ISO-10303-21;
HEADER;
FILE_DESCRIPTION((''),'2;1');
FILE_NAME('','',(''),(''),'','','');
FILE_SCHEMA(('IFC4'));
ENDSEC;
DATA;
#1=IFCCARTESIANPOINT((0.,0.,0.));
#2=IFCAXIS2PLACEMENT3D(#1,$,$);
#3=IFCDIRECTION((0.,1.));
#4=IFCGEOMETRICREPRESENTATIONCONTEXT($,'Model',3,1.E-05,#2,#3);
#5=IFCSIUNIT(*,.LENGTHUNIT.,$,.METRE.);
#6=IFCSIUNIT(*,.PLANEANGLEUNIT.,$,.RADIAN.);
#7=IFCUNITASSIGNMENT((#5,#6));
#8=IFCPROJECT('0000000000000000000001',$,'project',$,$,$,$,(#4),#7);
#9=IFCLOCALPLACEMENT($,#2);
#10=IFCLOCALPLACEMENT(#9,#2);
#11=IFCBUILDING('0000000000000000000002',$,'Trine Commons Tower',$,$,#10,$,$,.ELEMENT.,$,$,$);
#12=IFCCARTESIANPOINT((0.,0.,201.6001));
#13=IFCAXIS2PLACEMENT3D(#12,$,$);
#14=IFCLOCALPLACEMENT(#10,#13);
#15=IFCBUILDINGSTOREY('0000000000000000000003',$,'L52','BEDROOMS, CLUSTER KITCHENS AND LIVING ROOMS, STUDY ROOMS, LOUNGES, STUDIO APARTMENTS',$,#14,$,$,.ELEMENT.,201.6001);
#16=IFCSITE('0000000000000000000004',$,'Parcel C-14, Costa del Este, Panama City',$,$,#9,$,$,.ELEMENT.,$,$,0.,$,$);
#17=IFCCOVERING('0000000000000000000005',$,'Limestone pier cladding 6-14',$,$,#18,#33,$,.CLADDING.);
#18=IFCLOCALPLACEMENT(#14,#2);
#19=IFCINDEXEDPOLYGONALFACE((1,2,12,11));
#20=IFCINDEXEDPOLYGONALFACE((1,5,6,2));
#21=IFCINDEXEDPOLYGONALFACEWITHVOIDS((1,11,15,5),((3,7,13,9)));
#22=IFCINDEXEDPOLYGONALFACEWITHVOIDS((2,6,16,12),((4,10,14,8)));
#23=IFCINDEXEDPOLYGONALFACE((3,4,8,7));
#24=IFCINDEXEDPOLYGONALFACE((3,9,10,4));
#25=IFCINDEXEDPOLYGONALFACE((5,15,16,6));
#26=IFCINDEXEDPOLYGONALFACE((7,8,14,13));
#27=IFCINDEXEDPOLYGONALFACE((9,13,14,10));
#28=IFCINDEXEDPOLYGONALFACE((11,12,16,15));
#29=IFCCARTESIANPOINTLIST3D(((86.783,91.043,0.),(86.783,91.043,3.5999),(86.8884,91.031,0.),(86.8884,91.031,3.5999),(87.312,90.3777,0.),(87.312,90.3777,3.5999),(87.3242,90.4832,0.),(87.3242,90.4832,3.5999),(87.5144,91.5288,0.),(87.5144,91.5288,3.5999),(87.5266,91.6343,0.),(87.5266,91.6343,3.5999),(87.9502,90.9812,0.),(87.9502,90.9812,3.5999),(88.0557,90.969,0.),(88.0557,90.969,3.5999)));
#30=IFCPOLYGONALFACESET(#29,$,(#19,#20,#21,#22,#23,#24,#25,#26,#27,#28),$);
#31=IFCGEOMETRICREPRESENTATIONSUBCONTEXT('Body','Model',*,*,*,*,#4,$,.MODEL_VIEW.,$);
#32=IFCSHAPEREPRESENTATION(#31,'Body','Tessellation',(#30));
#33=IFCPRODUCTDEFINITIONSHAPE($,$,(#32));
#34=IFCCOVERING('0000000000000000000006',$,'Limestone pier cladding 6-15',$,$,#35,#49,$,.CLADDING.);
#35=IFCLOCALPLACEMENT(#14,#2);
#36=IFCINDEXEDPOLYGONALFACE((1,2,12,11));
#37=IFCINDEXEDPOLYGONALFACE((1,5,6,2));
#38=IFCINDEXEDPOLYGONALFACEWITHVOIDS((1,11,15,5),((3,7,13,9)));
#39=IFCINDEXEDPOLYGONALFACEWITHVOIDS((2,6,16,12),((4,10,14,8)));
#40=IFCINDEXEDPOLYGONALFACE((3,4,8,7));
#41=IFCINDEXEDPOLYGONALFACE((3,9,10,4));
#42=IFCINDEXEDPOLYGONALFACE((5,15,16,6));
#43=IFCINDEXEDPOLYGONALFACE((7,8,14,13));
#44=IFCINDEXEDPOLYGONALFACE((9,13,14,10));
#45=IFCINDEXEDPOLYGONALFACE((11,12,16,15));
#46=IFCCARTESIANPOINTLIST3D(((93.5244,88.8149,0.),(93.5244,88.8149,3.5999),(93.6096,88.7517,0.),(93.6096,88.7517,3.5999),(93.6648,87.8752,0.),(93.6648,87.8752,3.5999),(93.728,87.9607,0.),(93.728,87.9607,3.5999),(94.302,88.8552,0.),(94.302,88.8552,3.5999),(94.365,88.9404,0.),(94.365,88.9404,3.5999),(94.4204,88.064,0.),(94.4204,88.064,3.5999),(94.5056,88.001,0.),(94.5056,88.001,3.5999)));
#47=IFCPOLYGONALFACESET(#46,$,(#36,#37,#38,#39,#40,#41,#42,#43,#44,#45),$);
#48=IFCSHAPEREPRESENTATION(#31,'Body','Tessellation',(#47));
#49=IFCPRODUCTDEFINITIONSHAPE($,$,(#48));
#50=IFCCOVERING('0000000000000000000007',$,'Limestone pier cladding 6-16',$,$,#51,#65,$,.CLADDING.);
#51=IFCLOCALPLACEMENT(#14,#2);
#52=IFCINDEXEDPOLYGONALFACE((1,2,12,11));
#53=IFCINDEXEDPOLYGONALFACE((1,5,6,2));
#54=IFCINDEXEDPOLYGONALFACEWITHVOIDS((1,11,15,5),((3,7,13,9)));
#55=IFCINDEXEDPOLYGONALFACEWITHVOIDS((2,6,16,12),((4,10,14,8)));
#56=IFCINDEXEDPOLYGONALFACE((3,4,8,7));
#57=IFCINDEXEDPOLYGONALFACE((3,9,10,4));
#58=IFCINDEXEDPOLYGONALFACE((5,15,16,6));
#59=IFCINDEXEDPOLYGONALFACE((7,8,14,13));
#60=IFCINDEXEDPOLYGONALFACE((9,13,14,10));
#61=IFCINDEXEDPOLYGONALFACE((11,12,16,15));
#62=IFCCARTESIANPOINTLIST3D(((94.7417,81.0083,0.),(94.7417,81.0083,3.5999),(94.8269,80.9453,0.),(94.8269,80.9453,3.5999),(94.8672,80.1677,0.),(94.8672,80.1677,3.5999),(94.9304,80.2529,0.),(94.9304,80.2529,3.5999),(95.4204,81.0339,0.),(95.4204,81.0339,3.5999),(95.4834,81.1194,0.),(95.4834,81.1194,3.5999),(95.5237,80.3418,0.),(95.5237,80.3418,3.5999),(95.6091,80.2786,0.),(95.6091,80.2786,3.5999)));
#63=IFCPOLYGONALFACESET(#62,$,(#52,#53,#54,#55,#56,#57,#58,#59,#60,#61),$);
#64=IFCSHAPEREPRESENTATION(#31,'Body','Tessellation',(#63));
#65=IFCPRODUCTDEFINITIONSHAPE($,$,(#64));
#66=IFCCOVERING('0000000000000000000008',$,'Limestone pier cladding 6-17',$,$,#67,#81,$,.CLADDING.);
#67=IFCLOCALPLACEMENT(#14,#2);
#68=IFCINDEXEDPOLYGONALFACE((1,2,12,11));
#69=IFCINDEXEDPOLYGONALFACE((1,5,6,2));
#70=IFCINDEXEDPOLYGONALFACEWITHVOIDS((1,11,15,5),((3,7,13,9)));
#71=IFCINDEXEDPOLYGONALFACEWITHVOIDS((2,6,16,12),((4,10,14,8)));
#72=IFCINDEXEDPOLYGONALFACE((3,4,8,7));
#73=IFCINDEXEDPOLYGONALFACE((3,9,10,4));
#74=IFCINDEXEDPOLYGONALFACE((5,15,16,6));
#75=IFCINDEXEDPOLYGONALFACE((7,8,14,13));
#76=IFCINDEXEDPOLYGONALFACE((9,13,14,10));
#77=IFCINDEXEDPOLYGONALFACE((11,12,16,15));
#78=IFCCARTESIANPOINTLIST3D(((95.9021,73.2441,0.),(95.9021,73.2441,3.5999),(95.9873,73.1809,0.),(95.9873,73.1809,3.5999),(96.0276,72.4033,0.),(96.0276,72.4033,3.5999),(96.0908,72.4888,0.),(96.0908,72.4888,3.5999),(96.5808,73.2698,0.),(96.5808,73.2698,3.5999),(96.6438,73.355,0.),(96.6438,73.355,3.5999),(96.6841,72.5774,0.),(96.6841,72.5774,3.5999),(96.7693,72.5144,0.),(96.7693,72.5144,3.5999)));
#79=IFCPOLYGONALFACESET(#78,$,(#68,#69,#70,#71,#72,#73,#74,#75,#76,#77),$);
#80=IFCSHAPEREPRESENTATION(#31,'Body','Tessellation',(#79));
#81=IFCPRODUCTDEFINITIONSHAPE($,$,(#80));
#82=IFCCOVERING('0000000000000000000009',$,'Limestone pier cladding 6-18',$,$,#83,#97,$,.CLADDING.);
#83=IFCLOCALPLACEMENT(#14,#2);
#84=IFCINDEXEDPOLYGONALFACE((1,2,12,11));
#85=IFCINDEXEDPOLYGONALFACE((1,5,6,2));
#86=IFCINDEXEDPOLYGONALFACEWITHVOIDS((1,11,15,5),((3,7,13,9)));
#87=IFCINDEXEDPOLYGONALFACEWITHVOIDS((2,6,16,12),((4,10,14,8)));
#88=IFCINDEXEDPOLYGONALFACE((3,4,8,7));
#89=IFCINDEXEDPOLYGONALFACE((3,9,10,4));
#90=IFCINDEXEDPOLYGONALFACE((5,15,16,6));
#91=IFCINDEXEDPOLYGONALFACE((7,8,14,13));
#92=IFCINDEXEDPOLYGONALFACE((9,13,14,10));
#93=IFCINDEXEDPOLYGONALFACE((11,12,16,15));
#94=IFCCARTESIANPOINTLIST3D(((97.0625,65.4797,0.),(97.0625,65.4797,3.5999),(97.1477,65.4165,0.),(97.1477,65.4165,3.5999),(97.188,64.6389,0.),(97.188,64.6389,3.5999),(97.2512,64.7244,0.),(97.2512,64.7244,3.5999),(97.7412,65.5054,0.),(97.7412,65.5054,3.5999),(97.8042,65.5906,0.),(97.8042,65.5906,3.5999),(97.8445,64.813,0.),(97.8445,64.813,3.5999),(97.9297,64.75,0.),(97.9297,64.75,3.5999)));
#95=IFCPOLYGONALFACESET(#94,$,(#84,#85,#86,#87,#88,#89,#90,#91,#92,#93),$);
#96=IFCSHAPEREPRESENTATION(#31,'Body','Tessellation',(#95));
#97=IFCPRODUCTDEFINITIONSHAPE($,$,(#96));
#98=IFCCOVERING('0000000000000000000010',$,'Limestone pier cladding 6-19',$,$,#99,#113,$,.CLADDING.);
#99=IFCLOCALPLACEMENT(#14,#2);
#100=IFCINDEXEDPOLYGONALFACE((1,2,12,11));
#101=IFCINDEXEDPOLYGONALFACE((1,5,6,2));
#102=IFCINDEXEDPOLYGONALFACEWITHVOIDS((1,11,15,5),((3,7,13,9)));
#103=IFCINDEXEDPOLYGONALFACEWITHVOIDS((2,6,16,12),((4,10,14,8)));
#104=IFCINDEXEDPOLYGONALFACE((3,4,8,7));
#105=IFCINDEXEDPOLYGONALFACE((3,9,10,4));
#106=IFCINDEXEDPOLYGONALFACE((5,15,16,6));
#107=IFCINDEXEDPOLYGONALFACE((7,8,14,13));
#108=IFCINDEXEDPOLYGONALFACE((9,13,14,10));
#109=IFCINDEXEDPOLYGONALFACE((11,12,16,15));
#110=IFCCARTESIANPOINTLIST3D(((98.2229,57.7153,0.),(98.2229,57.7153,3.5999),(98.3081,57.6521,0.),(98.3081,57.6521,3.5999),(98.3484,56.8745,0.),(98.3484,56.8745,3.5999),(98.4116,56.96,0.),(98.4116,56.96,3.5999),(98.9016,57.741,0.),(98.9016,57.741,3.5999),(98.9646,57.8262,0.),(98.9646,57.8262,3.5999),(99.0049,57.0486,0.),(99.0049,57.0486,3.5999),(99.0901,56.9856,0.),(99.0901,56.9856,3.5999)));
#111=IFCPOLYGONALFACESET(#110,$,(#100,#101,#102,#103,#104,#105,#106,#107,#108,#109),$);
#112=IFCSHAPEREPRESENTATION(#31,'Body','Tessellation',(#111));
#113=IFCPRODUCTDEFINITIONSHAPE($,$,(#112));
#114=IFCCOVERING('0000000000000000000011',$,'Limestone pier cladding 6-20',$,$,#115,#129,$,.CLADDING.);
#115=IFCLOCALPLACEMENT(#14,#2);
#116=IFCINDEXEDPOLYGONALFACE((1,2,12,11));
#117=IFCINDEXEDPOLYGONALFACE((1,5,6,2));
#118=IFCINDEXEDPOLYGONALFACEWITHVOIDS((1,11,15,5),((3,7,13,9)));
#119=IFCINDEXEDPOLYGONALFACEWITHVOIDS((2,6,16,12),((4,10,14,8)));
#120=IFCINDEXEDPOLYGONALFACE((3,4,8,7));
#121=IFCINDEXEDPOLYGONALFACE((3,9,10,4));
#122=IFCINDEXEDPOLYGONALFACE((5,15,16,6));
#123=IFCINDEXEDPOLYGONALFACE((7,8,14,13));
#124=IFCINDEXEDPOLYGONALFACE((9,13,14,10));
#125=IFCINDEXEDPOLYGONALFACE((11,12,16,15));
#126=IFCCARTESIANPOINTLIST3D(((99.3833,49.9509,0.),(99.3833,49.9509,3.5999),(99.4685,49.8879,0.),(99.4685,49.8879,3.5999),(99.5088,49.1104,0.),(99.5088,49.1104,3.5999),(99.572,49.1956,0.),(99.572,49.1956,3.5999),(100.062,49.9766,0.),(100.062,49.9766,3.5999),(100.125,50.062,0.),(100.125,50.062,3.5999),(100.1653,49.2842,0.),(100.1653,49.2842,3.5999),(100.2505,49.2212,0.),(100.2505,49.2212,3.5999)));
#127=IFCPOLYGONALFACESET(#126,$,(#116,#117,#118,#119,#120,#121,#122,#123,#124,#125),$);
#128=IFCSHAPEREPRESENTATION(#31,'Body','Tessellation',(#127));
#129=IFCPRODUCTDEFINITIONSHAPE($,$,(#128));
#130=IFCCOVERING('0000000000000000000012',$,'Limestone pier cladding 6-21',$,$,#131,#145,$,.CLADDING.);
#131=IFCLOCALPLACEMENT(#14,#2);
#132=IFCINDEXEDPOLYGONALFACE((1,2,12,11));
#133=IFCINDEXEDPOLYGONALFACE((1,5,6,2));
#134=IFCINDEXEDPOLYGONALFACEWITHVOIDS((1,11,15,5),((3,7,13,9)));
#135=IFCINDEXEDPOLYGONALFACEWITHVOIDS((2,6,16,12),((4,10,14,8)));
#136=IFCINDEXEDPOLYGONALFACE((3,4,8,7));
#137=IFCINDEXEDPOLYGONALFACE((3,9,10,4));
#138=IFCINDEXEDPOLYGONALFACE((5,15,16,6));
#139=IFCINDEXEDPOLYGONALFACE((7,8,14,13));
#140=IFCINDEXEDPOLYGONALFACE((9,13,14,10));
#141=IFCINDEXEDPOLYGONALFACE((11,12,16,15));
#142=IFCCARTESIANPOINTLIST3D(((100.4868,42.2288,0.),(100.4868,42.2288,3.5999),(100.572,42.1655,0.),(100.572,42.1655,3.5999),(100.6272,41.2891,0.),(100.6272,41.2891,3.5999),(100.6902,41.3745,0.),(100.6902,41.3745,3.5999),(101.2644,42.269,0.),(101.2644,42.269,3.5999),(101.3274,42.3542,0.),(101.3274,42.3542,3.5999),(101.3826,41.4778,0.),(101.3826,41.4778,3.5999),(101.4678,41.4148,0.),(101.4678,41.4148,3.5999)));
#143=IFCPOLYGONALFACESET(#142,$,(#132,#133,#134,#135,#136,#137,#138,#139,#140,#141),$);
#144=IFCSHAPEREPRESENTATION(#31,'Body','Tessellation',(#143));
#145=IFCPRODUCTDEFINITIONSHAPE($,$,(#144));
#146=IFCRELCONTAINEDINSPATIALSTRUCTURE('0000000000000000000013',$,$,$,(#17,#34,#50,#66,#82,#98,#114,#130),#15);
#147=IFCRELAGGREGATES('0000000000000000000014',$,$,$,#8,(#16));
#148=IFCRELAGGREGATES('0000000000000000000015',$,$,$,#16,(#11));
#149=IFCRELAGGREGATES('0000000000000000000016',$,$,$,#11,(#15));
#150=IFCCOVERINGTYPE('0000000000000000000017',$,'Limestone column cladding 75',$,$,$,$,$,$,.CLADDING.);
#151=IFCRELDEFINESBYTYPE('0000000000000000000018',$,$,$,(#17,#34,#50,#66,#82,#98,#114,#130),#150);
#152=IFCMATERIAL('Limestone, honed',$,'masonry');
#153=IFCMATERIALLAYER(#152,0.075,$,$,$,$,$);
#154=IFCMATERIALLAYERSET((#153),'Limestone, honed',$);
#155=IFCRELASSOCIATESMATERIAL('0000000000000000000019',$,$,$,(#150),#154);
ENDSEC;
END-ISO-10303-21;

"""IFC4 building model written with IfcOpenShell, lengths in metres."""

from ifc_helpers import new_model, si_unit, direction, frame, origin, place, context, subcontext, project, spatial, polyline, outline, extrude, material, layer, layer_set, type_object, element, save


model = new_model("IFC4")

# Units and contexts
model_context = context("Model", 3, precision=1e-05, world=origin(), true_north=direction((0.0, 1.0)))
body_context = subcontext(model_context, "Body", "Model", "MODEL_VIEW")
ifc_project = project(units=[si_unit("LENGTHUNIT", "METRE"), si_unit("PLANEANGLEUNIT", "RADIAN")], contexts=[model_context])

# Site, building, storey
site_placement = place(None, origin())
site = spatial("IfcSite", under=ifc_project, at=site_placement, Name="Parcel C-14, Costa del Este, Panama City", CompositionType="ELEMENT", RefElevation=0.0)
building_placement = place(site_placement, origin())
building = spatial("IfcBuilding", under=site, at=building_placement, Name="Trine Commons Tower", CompositionType="ELEMENT")
storey_placement = place(building_placement, frame((0.0, 0.0, 201.6001)))
storey = spatial("IfcBuildingStorey", under=building, at=storey_placement, Name="L52", Description="BEDROOMS, CLUSTER KITCHENS AND LIVING ROOMS, STUDY ROOMS, LOUNGES, STUDIO APARTMENTS", CompositionType="ELEMENT", Elevation=201.6001)

# Coverings
ifc_material_1 = material(Name="Limestone, honed", Category="masonry")
ifc_layer_1 = layer(ifc_material_1, 0.075)
ifc_layer_set_1 = layer_set([ifc_layer_1], Name="Limestone, honed")
covering_type_1 = type_object("IfcCoveringType", Name="Limestone column cladding 75", PredefinedType="CLADDING", material=ifc_layer_set_1)
covering_1_placement = place(storey_placement, origin())
element("IfcCovering", 1, at=covering_1_placement, inside=storey, type_object=covering_type_1, Name="Limestone pier cladding 6-14", PredefinedType="CLADDING", context=body_context, shape_type="SweptSolid", body=[
    extrude(outline(polyline([(88.0557, 90.969), (87.5266, 91.6343), (86.783, 91.043), (87.312, 90.3777), (88.0557, 90.969)]), holes=[polyline([(87.9502, 90.9812), (87.5144, 91.5288), (86.8884, 91.031), (87.3242, 90.4832), (87.9502, 90.9812)])]), origin(), (0.0, 0.0, 1.0), 3.5999),
])
covering_2_placement = place(storey_placement, origin())
element("IfcCovering", 2, at=covering_2_placement, inside=storey, type_object=covering_type_1, Name="Limestone pier cladding 6-15", PredefinedType="CLADDING", context=body_context, shape_type="SweptSolid", body=[
    extrude(outline(polyline([(94.365, 88.9404), (93.5244, 88.8149), (93.6648, 87.8752), (94.5056, 88.001), (94.365, 88.9404)]), holes=[polyline([(94.302, 88.8552), (93.6096, 88.7517), (93.728, 87.9607), (94.4204, 88.064), (94.302, 88.8552)])]), origin(), (0.0, 0.0, 1.0), 3.5999),
])
covering_3_placement = place(storey_placement, origin())
element("IfcCovering", 3, at=covering_3_placement, inside=storey, type_object=covering_type_1, Name="Limestone pier cladding 6-16", PredefinedType="CLADDING", context=body_context, shape_type="SweptSolid", body=[
    extrude(outline(polyline([(95.4834, 81.1194), (94.7417, 81.0083), (94.8672, 80.1677), (95.6091, 80.2786), (95.4834, 81.1194)]), holes=[polyline([(95.4204, 81.0339), (94.8269, 80.9453), (94.9304, 80.2529), (95.5237, 80.3418), (95.4204, 81.0339)])]), origin(), (0.0, 0.0, 1.0), 3.5999),
])
covering_4_placement = place(storey_placement, origin())
element("IfcCovering", 4, at=covering_4_placement, inside=storey, type_object=covering_type_1, Name="Limestone pier cladding 6-17", PredefinedType="CLADDING", context=body_context, shape_type="SweptSolid", body=[
    extrude(outline(polyline([(96.6438, 73.355), (95.9021, 73.2441), (96.0276, 72.4033), (96.7693, 72.5144), (96.6438, 73.355)]), holes=[polyline([(96.5808, 73.2698), (95.9873, 73.1809), (96.0908, 72.4888), (96.6841, 72.5774), (96.5808, 73.2698)])]), origin(), (0.0, 0.0, 1.0), 3.5999),
])
covering_5_placement = place(storey_placement, origin())
element("IfcCovering", 5, at=covering_5_placement, inside=storey, type_object=covering_type_1, Name="Limestone pier cladding 6-18", PredefinedType="CLADDING", context=body_context, shape_type="SweptSolid", body=[
    extrude(outline(polyline([(97.8042, 65.5906), (97.0625, 65.4797), (97.188, 64.6389), (97.9297, 64.75), (97.8042, 65.5906)]), holes=[polyline([(97.7412, 65.5054), (97.1477, 65.4165), (97.2512, 64.7244), (97.8445, 64.813), (97.7412, 65.5054)])]), origin(), (0.0, 0.0, 1.0), 3.5999),
])
covering_6_placement = place(storey_placement, origin())
element("IfcCovering", 6, at=covering_6_placement, inside=storey, type_object=covering_type_1, Name="Limestone pier cladding 6-19", PredefinedType="CLADDING", context=body_context, shape_type="SweptSolid", body=[
    extrude(outline(polyline([(98.9646, 57.8262), (98.2229, 57.7153), (98.3484, 56.8745), (99.0901, 56.9856), (98.9646, 57.8262)]), holes=[polyline([(98.9016, 57.741), (98.3081, 57.6521), (98.4116, 56.96), (99.0049, 57.0486), (98.9016, 57.741)])]), origin(), (0.0, 0.0, 1.0), 3.5999),
])
covering_7_placement = place(storey_placement, origin())
element("IfcCovering", 7, at=covering_7_placement, inside=storey, type_object=covering_type_1, Name="Limestone pier cladding 6-20", PredefinedType="CLADDING", context=body_context, shape_type="SweptSolid", body=[
    extrude(outline(polyline([(100.125, 50.062), (99.3833, 49.9509), (99.5088, 49.1104), (100.2505, 49.2212), (100.125, 50.062)]), holes=[polyline([(100.062, 49.9766), (99.4685, 49.8879), (99.572, 49.1956), (100.1653, 49.2842), (100.062, 49.9766)])]), origin(), (0.0, 0.0, 1.0), 3.5999),
])
covering_8_placement = place(storey_placement, origin())
element("IfcCovering", 8, at=covering_8_placement, inside=storey, type_object=covering_type_1, Name="Limestone pier cladding 6-21", PredefinedType="CLADDING", context=body_context, shape_type="SweptSolid", body=[
    extrude(outline(polyline([(101.3274, 42.3542), (100.4868, 42.2288), (100.6272, 41.2891), (101.4678, 41.4148), (101.3274, 42.3542)]), holes=[polyline([(101.2644, 42.269), (100.572, 42.1655), (100.6902, 41.3745), (101.3826, 41.4778), (101.2644, 42.269)])]), origin(), (0.0, 0.0, 1.0), 3.5999),
])

save(model, "model.ifc")
